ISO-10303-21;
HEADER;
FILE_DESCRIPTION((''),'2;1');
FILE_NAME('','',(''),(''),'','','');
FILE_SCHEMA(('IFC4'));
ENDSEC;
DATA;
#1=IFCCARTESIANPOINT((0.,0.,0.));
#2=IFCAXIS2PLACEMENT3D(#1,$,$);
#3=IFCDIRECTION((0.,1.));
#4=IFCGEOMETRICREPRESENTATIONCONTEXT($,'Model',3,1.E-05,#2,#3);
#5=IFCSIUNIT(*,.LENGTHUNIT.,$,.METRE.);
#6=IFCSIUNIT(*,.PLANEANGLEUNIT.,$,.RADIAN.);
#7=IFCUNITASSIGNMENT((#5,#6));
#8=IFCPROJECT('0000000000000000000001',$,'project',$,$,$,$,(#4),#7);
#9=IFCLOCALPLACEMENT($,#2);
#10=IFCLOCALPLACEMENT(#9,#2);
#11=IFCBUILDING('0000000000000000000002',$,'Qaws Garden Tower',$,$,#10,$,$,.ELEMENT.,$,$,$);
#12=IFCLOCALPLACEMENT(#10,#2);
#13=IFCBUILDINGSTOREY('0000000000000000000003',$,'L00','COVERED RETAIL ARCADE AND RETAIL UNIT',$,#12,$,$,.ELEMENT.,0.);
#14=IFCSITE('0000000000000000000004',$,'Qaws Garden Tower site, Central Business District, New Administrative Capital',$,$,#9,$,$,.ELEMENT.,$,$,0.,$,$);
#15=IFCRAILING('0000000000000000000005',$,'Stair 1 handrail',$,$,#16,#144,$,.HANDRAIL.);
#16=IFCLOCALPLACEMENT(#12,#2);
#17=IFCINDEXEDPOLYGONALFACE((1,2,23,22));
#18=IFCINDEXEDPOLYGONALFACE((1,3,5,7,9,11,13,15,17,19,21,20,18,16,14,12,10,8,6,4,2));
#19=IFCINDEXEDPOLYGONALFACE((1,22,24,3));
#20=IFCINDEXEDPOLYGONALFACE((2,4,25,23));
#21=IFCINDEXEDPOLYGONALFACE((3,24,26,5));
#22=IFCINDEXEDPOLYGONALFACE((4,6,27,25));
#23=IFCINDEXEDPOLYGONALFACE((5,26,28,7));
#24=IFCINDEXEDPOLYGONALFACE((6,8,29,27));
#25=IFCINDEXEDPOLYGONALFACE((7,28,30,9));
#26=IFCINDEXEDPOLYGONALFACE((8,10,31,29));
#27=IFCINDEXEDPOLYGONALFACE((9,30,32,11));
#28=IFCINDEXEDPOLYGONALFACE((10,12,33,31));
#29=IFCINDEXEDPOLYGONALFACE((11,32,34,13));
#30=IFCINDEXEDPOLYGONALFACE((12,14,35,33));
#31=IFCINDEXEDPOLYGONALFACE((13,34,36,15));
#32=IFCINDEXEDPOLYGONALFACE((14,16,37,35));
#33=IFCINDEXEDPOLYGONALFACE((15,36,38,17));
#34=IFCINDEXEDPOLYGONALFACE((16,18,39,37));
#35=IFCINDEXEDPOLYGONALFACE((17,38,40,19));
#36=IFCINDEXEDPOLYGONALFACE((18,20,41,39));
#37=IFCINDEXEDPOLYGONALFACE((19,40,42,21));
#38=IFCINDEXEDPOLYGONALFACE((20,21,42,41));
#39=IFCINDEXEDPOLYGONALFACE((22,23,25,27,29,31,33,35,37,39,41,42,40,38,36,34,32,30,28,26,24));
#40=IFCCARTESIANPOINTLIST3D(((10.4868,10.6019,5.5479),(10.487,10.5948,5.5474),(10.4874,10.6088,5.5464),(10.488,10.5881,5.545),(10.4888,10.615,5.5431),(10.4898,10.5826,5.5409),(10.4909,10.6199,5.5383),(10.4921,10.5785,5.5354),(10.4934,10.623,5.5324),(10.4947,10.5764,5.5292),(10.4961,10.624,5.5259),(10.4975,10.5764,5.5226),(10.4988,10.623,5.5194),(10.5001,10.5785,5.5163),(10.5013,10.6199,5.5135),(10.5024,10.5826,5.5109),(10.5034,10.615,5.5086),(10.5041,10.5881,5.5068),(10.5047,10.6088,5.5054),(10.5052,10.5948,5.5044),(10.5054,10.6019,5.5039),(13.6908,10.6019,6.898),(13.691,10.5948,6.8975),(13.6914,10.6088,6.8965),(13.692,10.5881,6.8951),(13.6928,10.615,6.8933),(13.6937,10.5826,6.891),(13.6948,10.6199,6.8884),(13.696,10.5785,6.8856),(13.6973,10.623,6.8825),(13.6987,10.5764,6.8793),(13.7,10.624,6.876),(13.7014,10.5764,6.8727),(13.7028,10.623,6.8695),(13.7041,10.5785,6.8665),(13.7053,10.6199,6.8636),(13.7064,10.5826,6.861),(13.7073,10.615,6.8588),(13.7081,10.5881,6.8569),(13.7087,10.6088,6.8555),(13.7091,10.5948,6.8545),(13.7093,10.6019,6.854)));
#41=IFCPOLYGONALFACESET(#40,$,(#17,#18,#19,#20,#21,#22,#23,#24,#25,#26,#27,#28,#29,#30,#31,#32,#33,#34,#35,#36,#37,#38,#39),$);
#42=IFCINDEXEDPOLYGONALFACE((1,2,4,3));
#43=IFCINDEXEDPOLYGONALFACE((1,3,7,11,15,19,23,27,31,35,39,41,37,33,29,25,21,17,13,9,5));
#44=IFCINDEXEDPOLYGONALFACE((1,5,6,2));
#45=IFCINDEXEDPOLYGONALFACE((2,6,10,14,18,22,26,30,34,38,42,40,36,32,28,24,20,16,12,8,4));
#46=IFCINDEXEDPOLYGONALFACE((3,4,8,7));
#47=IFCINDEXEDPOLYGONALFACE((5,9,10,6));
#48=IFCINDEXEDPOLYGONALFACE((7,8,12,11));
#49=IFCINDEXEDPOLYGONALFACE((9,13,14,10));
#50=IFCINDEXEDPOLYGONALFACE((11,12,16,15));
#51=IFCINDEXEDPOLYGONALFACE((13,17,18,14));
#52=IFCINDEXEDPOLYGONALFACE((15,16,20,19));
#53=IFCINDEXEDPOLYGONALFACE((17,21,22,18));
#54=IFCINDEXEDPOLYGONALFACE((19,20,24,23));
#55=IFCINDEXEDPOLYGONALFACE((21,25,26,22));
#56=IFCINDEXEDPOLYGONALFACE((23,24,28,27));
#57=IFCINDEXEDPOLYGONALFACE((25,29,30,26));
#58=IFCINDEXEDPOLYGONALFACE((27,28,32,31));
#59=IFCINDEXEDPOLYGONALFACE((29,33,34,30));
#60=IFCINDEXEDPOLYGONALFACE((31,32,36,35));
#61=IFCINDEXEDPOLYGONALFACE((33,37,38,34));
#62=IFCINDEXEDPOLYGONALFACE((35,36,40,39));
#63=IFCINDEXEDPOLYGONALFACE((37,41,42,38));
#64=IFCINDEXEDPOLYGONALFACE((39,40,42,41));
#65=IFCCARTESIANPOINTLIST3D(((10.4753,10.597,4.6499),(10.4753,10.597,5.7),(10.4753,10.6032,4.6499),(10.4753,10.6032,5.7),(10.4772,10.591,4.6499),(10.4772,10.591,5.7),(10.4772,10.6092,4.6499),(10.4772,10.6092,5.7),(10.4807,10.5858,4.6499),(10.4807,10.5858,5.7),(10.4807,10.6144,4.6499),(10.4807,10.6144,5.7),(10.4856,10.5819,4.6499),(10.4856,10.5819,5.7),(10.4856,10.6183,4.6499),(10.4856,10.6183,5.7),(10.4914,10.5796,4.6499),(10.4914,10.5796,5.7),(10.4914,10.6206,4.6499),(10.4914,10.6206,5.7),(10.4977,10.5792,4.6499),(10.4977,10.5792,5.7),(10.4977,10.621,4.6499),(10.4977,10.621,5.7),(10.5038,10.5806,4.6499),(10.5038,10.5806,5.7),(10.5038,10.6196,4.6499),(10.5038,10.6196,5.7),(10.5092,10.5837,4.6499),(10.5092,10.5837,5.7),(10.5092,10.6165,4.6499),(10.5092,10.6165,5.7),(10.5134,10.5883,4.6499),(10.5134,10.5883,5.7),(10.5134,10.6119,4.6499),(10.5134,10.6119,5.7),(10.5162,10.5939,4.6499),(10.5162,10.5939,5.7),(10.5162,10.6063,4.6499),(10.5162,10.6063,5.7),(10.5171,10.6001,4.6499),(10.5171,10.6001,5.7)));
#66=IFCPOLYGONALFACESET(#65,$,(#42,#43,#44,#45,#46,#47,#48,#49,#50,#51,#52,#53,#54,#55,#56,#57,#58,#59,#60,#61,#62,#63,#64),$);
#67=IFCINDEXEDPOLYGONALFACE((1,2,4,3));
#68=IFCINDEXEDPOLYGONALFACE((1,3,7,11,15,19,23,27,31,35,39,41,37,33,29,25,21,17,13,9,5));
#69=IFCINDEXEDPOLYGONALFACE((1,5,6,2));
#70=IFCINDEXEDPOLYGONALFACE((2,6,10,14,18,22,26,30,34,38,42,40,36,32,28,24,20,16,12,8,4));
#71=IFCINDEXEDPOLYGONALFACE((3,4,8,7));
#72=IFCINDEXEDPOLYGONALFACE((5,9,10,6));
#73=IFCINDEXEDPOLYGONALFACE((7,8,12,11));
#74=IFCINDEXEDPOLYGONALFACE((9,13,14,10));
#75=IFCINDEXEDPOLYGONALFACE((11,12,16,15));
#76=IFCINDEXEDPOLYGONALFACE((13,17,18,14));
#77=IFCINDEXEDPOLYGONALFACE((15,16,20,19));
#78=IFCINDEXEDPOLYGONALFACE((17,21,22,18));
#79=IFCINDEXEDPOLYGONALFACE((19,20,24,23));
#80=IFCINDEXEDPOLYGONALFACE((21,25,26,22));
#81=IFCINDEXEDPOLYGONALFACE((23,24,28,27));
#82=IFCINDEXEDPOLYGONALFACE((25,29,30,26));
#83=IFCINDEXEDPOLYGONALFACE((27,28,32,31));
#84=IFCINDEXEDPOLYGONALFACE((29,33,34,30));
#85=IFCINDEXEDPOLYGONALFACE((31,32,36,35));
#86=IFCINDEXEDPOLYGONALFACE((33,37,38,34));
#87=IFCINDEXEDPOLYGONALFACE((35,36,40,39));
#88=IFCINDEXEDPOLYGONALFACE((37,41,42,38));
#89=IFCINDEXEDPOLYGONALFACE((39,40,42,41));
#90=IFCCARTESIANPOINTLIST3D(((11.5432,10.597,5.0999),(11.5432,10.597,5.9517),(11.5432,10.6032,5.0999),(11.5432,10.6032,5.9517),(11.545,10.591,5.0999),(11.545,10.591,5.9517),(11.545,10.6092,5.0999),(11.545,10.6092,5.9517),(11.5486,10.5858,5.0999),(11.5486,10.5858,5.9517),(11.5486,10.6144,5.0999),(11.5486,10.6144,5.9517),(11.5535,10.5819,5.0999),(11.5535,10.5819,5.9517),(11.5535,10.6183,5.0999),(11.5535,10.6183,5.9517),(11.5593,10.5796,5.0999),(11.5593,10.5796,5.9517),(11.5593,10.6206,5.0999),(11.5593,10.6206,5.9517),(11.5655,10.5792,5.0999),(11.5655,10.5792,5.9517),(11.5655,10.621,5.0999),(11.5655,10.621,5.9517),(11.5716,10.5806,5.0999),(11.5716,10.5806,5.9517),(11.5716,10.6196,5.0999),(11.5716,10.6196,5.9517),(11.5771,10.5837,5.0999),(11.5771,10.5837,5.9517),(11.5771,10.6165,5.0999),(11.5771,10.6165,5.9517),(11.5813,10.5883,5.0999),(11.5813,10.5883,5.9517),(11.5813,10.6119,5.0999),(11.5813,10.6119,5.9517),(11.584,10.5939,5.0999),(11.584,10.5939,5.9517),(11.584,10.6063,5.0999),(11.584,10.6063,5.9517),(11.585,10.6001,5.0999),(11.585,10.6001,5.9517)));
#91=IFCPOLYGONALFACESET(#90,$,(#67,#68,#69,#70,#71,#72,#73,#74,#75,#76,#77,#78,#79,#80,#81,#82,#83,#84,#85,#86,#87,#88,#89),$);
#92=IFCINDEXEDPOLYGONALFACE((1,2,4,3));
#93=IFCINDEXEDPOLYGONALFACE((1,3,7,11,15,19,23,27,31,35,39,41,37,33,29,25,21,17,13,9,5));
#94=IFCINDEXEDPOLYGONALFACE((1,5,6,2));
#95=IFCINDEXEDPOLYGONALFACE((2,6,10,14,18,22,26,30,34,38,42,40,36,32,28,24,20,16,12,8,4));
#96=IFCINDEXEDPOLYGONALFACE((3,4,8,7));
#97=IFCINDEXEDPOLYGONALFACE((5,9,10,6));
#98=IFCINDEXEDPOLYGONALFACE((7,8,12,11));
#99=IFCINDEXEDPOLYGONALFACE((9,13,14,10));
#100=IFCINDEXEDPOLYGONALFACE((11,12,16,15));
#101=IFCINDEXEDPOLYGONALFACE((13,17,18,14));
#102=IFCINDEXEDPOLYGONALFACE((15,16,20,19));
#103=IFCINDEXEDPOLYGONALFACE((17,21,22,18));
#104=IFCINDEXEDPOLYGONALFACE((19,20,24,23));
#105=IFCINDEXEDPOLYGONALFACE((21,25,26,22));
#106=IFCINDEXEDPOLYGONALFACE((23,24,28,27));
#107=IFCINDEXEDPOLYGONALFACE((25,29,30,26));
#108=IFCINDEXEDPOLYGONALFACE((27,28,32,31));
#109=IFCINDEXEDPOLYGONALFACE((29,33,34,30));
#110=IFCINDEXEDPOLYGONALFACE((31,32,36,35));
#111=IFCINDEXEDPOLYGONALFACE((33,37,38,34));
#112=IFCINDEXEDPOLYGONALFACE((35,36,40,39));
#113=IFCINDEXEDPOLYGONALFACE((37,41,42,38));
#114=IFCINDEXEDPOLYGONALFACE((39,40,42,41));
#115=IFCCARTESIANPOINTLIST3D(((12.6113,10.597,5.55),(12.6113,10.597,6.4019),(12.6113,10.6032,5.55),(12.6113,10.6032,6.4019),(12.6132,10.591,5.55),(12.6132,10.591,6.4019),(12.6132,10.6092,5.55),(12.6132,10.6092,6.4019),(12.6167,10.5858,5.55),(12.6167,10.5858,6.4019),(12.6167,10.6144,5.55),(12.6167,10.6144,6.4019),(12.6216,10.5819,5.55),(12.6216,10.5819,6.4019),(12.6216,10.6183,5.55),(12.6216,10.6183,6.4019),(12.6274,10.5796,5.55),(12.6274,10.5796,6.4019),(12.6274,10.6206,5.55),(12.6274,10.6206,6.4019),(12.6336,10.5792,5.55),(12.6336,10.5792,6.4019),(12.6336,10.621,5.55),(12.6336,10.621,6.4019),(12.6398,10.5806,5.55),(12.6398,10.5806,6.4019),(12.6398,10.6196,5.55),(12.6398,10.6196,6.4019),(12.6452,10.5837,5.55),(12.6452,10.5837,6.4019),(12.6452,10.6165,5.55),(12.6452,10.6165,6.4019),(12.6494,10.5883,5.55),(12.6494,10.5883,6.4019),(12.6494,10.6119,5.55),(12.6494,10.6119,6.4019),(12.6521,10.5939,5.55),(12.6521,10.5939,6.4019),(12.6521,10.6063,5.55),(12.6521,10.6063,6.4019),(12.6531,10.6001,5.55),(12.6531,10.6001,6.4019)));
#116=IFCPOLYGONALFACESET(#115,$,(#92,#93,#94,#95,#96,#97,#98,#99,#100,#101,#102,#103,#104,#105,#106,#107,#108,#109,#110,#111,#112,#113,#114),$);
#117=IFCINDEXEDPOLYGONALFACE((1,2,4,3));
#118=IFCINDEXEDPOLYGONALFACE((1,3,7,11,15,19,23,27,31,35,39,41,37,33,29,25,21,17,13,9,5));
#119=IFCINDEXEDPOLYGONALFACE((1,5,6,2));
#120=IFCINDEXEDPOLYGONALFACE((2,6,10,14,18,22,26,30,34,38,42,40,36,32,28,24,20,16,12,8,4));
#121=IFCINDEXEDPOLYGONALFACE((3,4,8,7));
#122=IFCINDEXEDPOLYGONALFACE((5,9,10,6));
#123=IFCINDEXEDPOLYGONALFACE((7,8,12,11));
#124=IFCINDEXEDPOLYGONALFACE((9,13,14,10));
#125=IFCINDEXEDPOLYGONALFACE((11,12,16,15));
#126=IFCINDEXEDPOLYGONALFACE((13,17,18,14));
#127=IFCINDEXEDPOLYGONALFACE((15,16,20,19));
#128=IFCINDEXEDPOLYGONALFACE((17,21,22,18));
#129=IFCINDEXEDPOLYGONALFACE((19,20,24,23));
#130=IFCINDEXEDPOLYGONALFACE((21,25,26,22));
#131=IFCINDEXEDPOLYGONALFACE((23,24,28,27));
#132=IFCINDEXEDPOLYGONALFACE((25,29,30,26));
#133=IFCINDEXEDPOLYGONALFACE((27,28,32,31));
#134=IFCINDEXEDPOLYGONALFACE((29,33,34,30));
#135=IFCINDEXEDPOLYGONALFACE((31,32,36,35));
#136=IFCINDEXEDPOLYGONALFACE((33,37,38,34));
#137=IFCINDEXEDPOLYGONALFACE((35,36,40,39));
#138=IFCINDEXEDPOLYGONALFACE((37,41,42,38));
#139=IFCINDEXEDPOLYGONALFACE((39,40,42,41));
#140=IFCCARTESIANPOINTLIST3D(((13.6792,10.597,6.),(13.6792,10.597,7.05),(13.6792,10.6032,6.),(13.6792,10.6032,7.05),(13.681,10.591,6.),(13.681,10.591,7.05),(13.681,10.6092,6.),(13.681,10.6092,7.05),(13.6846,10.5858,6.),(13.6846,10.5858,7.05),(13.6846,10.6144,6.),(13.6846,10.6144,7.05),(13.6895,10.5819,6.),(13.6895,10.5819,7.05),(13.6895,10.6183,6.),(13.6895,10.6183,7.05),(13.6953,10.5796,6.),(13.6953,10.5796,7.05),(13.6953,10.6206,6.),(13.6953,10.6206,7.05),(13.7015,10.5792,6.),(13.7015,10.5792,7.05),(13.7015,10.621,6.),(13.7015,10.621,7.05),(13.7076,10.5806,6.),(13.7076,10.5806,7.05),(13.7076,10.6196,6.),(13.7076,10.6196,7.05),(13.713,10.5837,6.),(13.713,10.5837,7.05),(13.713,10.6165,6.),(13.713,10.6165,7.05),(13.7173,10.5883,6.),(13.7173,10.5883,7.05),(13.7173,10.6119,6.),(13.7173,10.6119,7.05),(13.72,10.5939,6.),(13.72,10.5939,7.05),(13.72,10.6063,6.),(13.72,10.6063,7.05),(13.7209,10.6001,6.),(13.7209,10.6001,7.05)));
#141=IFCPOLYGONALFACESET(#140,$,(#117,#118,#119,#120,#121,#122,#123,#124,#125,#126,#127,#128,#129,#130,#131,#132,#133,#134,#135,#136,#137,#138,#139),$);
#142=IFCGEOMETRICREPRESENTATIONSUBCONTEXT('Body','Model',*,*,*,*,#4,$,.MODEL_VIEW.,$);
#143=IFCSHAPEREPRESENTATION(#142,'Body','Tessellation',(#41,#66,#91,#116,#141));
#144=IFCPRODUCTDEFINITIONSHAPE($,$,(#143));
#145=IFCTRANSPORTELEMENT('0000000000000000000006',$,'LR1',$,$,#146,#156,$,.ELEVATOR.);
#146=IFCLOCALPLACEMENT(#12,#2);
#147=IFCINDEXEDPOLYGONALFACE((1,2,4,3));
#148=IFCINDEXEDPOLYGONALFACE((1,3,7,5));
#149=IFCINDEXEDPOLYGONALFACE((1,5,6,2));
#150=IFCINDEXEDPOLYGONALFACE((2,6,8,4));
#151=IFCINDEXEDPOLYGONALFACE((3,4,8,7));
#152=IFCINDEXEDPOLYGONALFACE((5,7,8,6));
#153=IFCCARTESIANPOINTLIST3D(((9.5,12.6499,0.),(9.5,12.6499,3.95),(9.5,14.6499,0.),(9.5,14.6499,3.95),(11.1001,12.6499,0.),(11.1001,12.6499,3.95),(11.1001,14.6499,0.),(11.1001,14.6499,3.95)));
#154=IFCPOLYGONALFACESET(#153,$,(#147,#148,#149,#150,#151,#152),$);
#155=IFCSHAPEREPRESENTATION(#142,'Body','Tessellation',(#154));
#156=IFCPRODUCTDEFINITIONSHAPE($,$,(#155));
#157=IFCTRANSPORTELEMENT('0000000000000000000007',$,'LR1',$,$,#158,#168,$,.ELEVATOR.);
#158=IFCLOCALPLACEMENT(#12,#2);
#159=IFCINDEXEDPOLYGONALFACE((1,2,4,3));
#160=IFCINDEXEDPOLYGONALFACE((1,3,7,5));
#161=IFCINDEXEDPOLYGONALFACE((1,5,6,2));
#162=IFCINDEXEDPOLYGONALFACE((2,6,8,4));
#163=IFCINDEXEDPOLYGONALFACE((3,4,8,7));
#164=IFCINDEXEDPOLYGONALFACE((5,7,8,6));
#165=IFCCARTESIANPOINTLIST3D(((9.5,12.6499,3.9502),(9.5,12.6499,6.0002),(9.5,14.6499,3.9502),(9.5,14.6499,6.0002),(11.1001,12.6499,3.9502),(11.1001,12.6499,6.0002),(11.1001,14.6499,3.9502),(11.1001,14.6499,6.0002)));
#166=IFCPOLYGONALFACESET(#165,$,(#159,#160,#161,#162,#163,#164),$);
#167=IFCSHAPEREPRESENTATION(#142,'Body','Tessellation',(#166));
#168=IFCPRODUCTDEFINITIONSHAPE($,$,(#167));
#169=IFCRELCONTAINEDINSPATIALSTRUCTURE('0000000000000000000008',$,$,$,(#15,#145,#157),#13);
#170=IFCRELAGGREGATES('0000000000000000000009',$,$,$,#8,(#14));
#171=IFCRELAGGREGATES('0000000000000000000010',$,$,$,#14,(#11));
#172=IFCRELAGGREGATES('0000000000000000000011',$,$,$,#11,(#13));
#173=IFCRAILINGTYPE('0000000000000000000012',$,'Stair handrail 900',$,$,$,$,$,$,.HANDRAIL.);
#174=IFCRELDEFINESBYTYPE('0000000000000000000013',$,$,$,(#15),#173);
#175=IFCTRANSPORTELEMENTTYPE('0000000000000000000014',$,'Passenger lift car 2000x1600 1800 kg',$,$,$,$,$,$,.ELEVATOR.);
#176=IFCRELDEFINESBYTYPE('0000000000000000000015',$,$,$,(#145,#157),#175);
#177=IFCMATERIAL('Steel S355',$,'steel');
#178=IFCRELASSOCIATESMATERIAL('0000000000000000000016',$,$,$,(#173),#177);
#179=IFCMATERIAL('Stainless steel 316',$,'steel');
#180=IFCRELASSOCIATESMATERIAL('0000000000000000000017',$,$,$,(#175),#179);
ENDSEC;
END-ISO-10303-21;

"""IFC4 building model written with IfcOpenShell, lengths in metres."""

from ifc_helpers import new_model, si_unit, direction, frame, origin, origin_2d, place, context, subcontext, project, spatial, rectangle, circle, extrude, material, type_object, element, save


model = new_model("IFC4")

# Units and contexts
model_context = context("Model", 3, precision=1e-05, world=origin(), true_north=direction((0.0, 1.0)))
body_context = subcontext(model_context, "Body", "Model", "MODEL_VIEW")
ifc_project = project(units=[si_unit("LENGTHUNIT", "METRE"), si_unit("PLANEANGLEUNIT", "RADIAN")], contexts=[model_context])

# Site, building, storey
site_placement = place(None, origin())
site = spatial("IfcSite", under=ifc_project, at=site_placement, Name="Qaws Garden Tower site, Central Business District, New Administrative Capital", CompositionType="ELEMENT", RefElevation=0.0)
building_placement = place(site_placement, origin())
building = spatial("IfcBuilding", under=site, at=building_placement, Name="Qaws Garden Tower", CompositionType="ELEMENT")
storey_placement = place(building_placement, origin())
storey = spatial("IfcBuildingStorey", under=building, at=storey_placement, Name="L00", Description="COVERED RETAIL ARCADE AND RETAIL UNIT", CompositionType="ELEMENT", Elevation=0.0)

# Railing
ifc_material_1 = material(Name="Steel S355", Category="steel")
railing_type = type_object("IfcRailingType", Name="Stair handrail 900", PredefinedType="HANDRAIL", material=ifc_material_1)
for number, where, name in (
    (1, (10.4961, 10.6001, 4.6499), "Stair 1 handrail"),
):
    element("IfcRailing", number, at=place(storey_placement, frame(where)), inside=storey, type_object=railing_type, Name=name, PredefinedType="HANDRAIL", context=body_context, shape_type="SweptSolid", body=[
        extrude(circle(Radius=0.0239, at=origin_2d()), frame((0.0, 0.0, 0.876), z_axis=(0.921522, 0.0, 0.388327), x_axis=(0.0, 1.0, 0.0)), (0.0, 0.0, 1.0), 3.4768),
        extrude(circle(Radius=0.021, at=origin_2d()), origin(), (0.0, 0.0, 1.0), 1.05),
        extrude(circle(Radius=0.021, at=origin_2d()), frame((1.0679, 0.0, 0.45)), (0.0, 0.0, 1.0), 0.8518),
        extrude(circle(Radius=0.021, at=origin_2d()), frame((2.136, 0.0, 0.9001)), (0.0, 0.0, 1.0), 0.8518),
        extrude(circle(Radius=0.021, at=origin_2d()), frame((3.2039, 0.0, 1.3501)), (0.0, 0.0, 1.0), 1.05),
    ])

# Transport elements
ifc_material_2 = material(Name="Stainless steel 316", Category="steel")
transport_element_type = type_object("IfcTransportElementType", Name="Passenger lift car 2000x1600 1800 kg", PredefinedType="ELEVATOR", material=ifc_material_2)
transport_element_1_placement = place(storey_placement, frame((10.3, 13.6499, 0.0), z_axis=(0.0, 0.0, 1.0), x_axis=(1.0, 0.0, 0.0)))
element("IfcTransportElement", 2, at=transport_element_1_placement, inside=storey, type_object=transport_element_type, Name="LR1", PredefinedType="ELEVATOR", context=body_context, shape_type="SweptSolid", body=[
    extrude(rectangle(XDim=1.6001, YDim=2.0, at=origin_2d()), origin(), (0.0, 0.0, 1.0), 3.95),
])
transport_element_2_placement = place(storey_placement, frame((10.3, 13.6499, 3.9502), z_axis=(0.0, 0.0, 1.0), x_axis=(1.0, 0.0, 0.0)))
element("IfcTransportElement", 3, at=transport_element_2_placement, inside=storey, type_object=transport_element_type, Name="LR1", PredefinedType="ELEVATOR", context=body_context, shape_type="SweptSolid", body=[
    extrude(rectangle(XDim=1.6001, YDim=2.0, at=origin_2d()), origin(), (0.0, 0.0, 1.0), 2.05),
])

save(model, "model.ifc")
